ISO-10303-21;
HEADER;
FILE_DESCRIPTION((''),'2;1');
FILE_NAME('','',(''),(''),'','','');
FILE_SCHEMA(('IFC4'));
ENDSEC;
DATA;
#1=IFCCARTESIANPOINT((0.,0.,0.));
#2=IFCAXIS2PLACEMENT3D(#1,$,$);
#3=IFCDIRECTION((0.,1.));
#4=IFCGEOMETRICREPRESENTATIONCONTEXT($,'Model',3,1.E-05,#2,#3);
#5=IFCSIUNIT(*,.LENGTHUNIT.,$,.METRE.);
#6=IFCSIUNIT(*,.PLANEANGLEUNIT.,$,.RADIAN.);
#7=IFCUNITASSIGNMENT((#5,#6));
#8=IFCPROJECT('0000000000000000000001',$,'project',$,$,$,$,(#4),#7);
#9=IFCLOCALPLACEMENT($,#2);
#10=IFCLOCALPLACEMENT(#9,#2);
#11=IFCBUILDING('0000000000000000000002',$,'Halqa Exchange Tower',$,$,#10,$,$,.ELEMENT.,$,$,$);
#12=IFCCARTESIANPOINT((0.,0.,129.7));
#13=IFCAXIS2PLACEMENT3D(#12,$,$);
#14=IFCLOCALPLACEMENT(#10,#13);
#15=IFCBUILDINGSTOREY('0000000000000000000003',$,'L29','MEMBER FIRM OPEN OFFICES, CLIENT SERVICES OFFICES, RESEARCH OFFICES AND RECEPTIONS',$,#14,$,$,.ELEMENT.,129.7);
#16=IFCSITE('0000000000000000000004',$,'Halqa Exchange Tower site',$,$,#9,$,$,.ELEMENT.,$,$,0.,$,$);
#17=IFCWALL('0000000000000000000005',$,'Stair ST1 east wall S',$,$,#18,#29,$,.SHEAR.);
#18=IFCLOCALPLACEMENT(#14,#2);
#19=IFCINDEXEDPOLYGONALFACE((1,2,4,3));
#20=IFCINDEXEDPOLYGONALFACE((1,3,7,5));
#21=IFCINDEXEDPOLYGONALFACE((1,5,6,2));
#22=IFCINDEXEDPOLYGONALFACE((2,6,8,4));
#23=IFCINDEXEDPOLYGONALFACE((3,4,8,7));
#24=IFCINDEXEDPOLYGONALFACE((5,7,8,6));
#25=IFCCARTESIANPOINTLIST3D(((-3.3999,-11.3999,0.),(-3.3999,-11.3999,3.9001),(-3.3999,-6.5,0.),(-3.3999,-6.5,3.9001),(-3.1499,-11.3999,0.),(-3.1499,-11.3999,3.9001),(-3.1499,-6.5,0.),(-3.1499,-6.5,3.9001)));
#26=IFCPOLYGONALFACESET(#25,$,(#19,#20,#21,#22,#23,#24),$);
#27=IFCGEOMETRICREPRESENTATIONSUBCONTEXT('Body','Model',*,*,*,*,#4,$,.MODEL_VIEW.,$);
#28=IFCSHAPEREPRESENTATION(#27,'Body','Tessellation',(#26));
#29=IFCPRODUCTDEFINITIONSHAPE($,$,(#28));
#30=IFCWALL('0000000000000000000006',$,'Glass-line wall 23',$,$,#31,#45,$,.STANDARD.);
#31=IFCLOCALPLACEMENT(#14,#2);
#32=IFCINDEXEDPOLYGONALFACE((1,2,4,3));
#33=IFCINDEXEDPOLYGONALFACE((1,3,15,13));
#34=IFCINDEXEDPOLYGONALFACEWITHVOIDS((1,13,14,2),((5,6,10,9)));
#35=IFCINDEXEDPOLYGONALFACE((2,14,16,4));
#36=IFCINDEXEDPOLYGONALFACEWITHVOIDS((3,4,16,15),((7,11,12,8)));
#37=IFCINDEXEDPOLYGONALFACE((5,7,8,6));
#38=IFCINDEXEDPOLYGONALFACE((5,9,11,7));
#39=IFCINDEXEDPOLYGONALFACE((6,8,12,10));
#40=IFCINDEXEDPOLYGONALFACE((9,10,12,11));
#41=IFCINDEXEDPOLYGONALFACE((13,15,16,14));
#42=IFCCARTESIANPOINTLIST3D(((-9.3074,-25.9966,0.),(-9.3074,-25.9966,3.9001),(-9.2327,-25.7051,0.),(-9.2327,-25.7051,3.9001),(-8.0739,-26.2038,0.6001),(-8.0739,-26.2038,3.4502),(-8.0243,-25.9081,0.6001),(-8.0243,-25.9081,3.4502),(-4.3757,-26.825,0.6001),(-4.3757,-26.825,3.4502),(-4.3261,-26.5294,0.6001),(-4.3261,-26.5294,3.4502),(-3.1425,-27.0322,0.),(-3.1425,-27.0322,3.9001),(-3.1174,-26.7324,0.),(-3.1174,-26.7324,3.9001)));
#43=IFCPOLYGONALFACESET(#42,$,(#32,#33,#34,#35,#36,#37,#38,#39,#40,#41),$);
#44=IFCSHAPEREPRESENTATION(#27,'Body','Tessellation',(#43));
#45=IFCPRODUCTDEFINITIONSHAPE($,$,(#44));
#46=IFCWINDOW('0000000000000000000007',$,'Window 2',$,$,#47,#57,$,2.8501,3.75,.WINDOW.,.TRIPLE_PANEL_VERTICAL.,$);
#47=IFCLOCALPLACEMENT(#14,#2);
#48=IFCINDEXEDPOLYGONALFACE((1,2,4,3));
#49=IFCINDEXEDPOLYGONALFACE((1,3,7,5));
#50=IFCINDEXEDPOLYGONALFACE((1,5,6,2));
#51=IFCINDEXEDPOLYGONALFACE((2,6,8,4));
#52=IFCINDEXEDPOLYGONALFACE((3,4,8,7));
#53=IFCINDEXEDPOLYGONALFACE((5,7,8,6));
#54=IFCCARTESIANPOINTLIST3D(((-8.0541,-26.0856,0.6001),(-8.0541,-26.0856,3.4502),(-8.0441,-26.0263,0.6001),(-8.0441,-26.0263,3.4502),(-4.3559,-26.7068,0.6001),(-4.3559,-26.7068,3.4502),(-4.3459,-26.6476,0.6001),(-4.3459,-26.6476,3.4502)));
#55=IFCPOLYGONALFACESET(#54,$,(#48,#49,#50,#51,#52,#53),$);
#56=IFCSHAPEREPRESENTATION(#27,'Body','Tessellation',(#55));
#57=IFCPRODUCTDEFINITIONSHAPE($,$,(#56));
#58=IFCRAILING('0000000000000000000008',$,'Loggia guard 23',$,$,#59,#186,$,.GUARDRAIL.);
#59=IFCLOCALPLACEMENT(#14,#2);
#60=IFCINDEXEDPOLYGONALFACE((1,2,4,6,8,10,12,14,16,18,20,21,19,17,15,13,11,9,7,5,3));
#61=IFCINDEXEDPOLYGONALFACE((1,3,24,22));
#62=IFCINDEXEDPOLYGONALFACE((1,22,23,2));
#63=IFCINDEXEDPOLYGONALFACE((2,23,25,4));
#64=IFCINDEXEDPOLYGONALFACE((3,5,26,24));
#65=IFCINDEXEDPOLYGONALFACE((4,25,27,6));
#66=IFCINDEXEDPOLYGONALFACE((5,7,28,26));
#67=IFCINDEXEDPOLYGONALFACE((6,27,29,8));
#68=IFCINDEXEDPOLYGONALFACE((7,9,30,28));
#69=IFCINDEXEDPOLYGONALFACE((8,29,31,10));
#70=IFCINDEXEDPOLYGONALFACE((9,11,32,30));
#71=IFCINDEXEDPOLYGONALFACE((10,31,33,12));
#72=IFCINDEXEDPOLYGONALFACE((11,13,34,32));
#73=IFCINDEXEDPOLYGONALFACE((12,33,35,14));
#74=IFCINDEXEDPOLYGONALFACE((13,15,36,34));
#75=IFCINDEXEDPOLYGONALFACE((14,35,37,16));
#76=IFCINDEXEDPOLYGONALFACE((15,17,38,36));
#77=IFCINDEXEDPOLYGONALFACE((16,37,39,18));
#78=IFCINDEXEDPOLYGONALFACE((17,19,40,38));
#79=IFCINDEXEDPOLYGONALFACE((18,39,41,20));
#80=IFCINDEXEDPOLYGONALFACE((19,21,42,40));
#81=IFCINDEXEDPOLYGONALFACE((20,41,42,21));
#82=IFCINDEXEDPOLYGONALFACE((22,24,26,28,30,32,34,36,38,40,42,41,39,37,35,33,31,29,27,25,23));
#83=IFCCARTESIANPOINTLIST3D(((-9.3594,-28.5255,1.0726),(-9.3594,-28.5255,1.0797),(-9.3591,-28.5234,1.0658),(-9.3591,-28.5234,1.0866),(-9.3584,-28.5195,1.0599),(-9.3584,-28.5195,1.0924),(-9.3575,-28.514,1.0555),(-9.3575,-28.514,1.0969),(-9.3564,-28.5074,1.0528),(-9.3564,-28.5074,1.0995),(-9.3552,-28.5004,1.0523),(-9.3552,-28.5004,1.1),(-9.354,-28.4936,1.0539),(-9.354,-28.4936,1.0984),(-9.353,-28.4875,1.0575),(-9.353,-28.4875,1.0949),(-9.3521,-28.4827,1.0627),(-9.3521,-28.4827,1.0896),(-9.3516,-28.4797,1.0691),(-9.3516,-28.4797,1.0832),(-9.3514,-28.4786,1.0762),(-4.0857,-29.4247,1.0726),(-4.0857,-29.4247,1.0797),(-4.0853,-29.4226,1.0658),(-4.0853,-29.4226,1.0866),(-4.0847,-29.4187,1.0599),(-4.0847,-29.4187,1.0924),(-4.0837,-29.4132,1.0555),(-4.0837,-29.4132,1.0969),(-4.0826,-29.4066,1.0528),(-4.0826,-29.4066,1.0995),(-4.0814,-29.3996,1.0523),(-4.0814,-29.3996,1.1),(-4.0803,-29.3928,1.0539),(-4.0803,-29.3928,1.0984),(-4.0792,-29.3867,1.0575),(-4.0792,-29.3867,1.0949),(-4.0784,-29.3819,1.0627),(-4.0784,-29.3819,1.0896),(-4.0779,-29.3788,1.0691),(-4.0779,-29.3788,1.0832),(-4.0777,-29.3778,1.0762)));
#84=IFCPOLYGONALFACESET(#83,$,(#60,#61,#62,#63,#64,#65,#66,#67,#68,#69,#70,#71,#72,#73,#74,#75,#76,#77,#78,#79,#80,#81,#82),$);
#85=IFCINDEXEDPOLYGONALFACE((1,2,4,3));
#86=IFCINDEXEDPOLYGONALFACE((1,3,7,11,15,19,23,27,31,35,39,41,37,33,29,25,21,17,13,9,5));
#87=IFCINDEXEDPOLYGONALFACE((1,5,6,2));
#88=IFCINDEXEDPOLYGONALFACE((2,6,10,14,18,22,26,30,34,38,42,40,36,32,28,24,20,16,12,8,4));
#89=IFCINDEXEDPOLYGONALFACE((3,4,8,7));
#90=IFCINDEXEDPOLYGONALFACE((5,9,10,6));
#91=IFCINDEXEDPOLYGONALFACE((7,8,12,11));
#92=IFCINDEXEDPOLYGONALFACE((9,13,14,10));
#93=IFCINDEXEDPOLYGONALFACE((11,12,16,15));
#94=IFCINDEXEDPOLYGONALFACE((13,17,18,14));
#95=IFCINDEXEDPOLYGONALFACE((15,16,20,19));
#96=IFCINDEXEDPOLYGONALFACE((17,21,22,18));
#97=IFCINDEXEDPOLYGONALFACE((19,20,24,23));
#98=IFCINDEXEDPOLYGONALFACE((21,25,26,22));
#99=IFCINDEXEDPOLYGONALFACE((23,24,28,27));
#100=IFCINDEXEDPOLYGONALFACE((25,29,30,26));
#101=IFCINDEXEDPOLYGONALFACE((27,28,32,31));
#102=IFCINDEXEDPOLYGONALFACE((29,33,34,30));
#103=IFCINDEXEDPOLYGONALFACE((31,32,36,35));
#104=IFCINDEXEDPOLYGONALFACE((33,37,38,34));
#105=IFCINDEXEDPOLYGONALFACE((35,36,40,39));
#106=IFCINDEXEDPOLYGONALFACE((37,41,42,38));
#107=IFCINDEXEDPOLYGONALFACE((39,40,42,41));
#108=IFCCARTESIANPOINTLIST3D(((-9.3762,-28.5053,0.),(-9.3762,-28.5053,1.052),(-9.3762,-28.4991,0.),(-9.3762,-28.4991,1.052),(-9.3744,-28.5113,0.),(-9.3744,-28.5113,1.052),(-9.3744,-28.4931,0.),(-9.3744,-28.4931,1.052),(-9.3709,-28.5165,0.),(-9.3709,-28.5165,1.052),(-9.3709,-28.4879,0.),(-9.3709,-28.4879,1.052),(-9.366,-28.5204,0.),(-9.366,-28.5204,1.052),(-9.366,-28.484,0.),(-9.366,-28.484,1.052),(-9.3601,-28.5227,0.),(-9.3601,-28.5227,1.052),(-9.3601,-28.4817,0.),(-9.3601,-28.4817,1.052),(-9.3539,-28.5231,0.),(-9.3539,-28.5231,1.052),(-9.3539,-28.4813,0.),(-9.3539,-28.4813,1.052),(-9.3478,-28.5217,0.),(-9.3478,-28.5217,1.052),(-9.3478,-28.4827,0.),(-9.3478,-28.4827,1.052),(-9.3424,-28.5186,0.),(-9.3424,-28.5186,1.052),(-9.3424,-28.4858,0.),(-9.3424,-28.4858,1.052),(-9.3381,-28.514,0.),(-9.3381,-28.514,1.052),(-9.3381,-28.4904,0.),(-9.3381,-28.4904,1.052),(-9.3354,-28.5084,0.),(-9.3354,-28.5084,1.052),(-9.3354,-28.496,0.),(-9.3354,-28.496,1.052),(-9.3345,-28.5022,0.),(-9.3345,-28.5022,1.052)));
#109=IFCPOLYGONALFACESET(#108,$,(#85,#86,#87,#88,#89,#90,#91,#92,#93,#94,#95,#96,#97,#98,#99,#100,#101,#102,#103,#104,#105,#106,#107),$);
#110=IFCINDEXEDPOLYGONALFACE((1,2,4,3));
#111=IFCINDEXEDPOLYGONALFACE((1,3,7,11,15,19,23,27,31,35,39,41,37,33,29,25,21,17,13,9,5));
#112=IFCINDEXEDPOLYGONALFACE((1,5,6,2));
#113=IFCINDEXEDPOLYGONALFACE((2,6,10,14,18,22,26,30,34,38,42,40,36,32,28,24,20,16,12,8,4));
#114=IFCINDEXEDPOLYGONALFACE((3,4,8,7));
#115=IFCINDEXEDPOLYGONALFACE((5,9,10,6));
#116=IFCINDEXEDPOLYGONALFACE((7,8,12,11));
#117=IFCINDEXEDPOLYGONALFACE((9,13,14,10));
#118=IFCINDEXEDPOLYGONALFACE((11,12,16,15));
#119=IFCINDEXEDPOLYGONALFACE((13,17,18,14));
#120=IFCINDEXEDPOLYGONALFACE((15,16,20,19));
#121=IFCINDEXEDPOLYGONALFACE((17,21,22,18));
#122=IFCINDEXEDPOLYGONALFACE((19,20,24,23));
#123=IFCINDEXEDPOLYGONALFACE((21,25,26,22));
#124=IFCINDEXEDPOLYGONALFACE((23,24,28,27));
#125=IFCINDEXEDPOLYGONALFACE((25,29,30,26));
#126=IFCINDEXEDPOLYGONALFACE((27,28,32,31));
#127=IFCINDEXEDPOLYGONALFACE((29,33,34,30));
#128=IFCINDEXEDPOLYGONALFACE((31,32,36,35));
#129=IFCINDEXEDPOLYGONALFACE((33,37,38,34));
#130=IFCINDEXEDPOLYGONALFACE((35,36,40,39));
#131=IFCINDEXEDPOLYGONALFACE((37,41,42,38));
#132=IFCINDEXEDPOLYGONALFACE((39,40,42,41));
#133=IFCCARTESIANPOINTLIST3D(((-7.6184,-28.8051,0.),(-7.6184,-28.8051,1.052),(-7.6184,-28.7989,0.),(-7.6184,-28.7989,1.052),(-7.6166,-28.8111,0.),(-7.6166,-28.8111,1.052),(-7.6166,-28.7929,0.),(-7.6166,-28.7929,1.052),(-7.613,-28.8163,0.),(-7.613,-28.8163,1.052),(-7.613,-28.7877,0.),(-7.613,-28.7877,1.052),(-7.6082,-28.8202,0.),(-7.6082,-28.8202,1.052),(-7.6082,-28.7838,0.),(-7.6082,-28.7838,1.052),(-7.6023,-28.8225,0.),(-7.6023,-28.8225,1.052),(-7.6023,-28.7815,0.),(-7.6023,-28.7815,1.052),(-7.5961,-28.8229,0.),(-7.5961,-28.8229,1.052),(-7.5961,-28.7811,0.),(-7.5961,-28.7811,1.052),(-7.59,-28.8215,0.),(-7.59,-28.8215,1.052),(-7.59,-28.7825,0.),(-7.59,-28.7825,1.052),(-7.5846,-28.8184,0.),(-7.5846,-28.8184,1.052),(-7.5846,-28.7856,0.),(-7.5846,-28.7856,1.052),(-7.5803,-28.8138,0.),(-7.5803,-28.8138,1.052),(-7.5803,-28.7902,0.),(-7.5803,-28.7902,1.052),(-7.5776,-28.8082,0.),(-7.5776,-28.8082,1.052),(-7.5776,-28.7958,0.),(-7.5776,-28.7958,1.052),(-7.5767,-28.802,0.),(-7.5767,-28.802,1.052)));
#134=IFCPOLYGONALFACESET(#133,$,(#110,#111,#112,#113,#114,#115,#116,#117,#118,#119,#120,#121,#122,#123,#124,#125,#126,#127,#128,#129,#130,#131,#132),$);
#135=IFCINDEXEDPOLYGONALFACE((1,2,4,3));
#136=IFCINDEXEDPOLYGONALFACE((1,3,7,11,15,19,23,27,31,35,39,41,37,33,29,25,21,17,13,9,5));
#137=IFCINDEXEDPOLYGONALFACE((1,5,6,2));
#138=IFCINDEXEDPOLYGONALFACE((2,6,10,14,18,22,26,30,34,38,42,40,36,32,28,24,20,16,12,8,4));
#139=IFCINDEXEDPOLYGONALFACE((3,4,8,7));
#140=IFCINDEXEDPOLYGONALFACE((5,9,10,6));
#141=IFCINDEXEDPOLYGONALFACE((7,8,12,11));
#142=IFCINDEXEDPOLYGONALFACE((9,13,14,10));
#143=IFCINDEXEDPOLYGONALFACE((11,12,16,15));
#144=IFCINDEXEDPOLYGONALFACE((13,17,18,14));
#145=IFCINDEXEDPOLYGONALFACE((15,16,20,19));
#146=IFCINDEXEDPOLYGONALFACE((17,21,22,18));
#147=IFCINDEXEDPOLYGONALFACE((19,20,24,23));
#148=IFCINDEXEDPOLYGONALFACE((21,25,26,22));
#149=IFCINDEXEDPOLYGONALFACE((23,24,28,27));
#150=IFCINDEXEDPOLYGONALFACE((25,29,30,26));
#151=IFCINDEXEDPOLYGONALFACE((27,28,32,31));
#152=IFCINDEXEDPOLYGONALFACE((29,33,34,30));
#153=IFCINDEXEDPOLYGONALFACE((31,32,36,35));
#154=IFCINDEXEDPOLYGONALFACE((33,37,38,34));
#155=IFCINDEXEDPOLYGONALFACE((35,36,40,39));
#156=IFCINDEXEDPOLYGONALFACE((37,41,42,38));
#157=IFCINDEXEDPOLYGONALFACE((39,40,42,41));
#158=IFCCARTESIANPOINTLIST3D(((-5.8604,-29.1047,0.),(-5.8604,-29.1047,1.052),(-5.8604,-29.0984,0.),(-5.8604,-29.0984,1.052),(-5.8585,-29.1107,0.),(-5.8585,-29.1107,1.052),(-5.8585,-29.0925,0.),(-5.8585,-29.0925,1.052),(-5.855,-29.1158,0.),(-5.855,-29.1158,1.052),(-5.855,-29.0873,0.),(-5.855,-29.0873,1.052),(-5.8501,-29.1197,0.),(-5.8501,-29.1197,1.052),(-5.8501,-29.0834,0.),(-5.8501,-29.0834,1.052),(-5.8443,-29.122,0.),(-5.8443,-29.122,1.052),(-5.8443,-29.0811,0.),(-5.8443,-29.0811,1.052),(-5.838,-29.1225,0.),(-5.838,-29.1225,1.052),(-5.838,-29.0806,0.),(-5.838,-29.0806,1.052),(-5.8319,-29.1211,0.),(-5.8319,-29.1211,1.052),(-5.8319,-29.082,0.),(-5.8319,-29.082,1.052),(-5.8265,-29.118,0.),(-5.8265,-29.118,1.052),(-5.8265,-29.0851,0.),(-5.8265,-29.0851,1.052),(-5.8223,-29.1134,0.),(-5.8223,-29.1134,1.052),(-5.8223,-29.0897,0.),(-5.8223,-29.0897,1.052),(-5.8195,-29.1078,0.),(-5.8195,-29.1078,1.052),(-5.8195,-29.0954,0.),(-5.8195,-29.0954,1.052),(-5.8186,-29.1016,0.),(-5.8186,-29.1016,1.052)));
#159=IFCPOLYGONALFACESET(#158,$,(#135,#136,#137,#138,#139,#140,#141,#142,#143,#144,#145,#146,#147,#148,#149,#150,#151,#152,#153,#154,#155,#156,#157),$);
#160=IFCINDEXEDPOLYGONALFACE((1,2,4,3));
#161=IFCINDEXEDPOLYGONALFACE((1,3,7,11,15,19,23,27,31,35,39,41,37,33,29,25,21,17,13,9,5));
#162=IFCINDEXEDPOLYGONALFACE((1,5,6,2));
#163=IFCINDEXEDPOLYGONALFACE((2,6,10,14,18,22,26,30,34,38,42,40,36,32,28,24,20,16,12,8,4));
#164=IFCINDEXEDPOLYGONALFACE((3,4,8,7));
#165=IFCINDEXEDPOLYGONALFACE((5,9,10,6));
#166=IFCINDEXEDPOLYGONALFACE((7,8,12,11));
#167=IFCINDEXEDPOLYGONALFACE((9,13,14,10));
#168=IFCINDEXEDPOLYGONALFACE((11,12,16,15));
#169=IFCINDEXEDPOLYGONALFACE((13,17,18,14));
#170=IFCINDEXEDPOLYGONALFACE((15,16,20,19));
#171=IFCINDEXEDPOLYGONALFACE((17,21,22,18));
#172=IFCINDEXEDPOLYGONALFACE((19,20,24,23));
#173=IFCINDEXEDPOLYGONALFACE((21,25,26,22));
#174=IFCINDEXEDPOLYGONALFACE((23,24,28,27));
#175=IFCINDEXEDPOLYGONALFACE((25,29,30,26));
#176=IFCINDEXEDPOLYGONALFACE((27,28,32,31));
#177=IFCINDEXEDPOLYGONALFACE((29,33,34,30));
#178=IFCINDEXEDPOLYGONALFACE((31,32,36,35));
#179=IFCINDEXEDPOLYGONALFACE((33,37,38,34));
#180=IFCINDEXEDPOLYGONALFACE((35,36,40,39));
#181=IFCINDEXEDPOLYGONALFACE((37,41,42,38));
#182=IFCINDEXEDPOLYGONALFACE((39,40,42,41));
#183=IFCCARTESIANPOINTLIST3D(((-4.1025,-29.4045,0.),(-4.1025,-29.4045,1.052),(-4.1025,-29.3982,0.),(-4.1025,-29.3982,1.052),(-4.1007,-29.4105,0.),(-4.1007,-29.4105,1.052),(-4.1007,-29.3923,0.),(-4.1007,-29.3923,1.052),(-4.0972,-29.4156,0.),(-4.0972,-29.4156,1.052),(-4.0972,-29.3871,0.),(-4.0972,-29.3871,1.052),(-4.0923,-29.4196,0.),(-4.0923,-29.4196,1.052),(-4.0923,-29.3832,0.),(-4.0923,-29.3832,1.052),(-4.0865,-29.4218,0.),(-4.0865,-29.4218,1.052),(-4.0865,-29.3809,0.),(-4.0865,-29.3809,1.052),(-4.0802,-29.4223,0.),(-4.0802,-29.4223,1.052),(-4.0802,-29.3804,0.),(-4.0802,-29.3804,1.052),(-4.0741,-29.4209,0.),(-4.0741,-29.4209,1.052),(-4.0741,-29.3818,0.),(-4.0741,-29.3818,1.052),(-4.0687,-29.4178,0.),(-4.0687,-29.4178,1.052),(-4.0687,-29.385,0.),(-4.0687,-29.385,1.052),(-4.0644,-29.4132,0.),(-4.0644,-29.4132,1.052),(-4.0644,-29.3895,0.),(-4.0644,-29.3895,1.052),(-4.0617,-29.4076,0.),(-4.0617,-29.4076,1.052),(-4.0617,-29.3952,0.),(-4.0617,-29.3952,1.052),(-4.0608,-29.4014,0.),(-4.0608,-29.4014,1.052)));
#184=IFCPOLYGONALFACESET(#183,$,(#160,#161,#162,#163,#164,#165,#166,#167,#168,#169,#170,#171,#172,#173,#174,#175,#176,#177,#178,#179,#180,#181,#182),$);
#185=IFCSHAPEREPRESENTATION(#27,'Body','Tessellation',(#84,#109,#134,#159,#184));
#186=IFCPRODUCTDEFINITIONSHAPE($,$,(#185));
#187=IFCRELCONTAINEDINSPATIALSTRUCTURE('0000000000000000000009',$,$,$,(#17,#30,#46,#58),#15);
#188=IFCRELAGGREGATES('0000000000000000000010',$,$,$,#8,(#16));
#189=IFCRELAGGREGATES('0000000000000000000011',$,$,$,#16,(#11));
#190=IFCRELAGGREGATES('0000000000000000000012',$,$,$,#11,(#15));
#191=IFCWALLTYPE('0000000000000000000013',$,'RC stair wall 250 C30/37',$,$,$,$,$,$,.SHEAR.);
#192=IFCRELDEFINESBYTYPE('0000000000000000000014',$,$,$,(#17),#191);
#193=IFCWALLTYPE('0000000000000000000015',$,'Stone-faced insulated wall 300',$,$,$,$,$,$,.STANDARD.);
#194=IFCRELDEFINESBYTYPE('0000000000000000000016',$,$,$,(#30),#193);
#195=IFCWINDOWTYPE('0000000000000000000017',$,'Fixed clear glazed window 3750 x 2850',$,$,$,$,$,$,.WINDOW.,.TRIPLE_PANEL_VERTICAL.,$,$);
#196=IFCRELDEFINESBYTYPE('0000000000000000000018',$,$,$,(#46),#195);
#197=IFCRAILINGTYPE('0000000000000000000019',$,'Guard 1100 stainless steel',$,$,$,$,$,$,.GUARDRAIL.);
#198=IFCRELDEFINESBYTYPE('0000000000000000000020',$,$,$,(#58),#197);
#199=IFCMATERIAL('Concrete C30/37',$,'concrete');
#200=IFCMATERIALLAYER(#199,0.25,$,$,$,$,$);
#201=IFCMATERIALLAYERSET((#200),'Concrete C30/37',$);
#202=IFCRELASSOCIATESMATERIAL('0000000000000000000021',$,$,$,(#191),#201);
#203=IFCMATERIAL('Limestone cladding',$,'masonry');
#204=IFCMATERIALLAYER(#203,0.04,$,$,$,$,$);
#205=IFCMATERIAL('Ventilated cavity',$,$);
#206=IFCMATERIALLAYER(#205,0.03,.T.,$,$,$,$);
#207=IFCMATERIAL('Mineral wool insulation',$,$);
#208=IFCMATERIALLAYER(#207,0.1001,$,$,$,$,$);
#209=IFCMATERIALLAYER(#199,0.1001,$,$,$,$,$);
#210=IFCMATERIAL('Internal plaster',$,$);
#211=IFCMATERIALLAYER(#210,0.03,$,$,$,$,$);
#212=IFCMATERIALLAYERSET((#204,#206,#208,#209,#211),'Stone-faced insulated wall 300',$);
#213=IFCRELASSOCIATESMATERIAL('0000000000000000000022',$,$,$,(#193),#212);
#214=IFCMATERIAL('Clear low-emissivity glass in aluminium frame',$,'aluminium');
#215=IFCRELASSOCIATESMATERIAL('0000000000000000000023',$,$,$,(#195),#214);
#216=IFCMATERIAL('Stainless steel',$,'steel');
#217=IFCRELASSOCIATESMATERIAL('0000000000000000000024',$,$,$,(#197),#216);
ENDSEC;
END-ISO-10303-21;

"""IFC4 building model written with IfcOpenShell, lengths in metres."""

from ifc_helpers import new_model, si_unit, direction, frame, frame_2d, origin, origin_2d, place, context, subcontext, project, spatial, polyline, rectangle, circle, outline, extrude, material, layer, layer_set, type_object, element, fill, save


model = new_model("IFC4")

# Units and contexts
model_context = context("Model", 3, precision=1e-05, world=origin(), true_north=direction((0.0, 1.0)))
body_context = subcontext(model_context, "Body", "Model", "MODEL_VIEW")
ifc_project = project(units=[si_unit("LENGTHUNIT", "METRE"), si_unit("PLANEANGLEUNIT", "RADIAN")], contexts=[model_context])

# Site, building, storey
site_placement = place(None, origin())
site = spatial("IfcSite", under=ifc_project, at=site_placement, Name="Halqa Exchange Tower site", CompositionType="ELEMENT", RefElevation=0.0)
building_placement = place(site_placement, origin())
building = spatial("IfcBuilding", under=site, at=building_placement, Name="Halqa Exchange Tower", CompositionType="ELEMENT")
storey_placement = place(building_placement, frame((0.0, 0.0, 129.7)))
storey = spatial("IfcBuildingStorey", under=building, at=storey_placement, Name="L29", Description="MEMBER FIRM OPEN OFFICES, CLIENT SERVICES OFFICES, RESEARCH OFFICES AND RECEPTIONS", CompositionType="ELEMENT", Elevation=129.7)

# Wall
ifc_material_1 = material(Name="Concrete C30/37", Category="concrete")
ifc_layer_1 = layer(ifc_material_1, 0.25)
ifc_layer_set_1 = layer_set([ifc_layer_1], Name="Concrete C30/37")
wall_type_1 = type_object("IfcWallType", Name="RC stair wall 250 C30/37", PredefinedType="SHEAR", material=ifc_layer_set_1)
wall_1_placement = place(storey_placement, frame((-3.2749, -11.3999, 0.0), z_axis=(0.0, 0.0, 1.0), x_axis=(0.0, 1.0, 0.0)))
element("IfcWall", 1, at=wall_1_placement, inside=storey, type_object=wall_type_1, Name="Stair ST1 east wall S", PredefinedType="SHEAR", context=body_context, shape_type="SweptSolid", body=[
    extrude(rectangle(XDim=4.8999, YDim=0.25, at=frame_2d((2.45, 0.0))), origin(), (0.0, 0.0, 1.0), 3.9001),
])

# Wall, opening, window
ifc_material_2 = material(Name="Limestone cladding", Category="masonry")
ifc_layer_2 = layer(ifc_material_2, 0.04)
ifc_material_3 = material(Name="Ventilated cavity")
ifc_layer_3 = layer(ifc_material_3, 0.03, ventilated=True)
ifc_material_4 = material(Name="Mineral wool insulation")
ifc_layer_4 = layer(ifc_material_4, 0.1001)
ifc_layer_5 = layer(ifc_material_1, 0.1001)
ifc_material_5 = material(Name="Internal plaster")
ifc_layer_6 = layer(ifc_material_5, 0.03)
ifc_layer_set_2 = layer_set([ifc_layer_2, ifc_layer_3, ifc_layer_4, ifc_layer_5, ifc_layer_6], Name="Stone-faced insulated wall 300")
wall_type_2 = type_object("IfcWallType", Name="Stone-faced insulated wall 300", PredefinedType="STANDARD", material=ifc_layer_set_2)
wall_2_placement = place(storey_placement, frame((-9.27, -25.8508, 0.0), z_axis=(0.0, 0.0, 1.0), x_axis=(0.986181, -0.165671, 0.0)))
wall_2 = element("IfcWall", 2, at=wall_2_placement, inside=storey, type_object=wall_type_2, Name="Glass-line wall 23", PredefinedType="STANDARD", context=body_context, shape_type="SweptSolid", body=[
    extrude(outline(polyline([(-0.0127, -0.1499), (6.2385, -0.1499), (6.2136, 0.1499), (0.0127, 0.1499), (-0.0127, -0.1499)])), origin(), (0.0, 0.0, 1.0), 3.9001),
])
opening_1_placement = place(wall_2_placement, frame((1.238, 0.0, 0.6001)))
opening_1 = element("IfcOpeningElement", 3, at=opening_1_placement, cuts=wall_2, PredefinedType="OPENING", context=body_context, shape_type="SweptSolid", body=[
    extrude(rectangle(XDim=3.75, YDim=2.8501, at=frame_2d((1.875, 1.425))), frame((0.0, 0.1621, 0.0), z_axis=(0.0, -1.0, 0.0), x_axis=(1.0, 0.0, 0.0)), (0.0, 0.0, 1.0), 0.324),
])
ifc_material_6 = material(Name="Clear low-emissivity glass in aluminium frame", Category="aluminium")
window_type = type_object("IfcWindowType", Name="Fixed clear glazed window 3750 x 2850", PartitioningType="TRIPLE_PANEL_VERTICAL", PredefinedType="WINDOW", material=ifc_material_6)
window_placement = place(opening_1_placement, origin())
window = element("IfcWindow", 4, at=window_placement, inside=storey, type_object=window_type, Name="Window 2", OverallHeight=2.8501, OverallWidth=3.75, PartitioningType="TRIPLE_PANEL_VERTICAL", PredefinedType="WINDOW", context=body_context, shape_type="SweptSolid", body=[
    extrude(rectangle(XDim=3.75, YDim=2.8501, at=frame_2d((1.875, 1.425))), frame((0.0, 0.03, 0.0), z_axis=(0.0, -1.0, 0.0), x_axis=(1.0, 0.0, 0.0)), (0.0, 0.0, 1.0), 0.0601),
])
fill(opening_1, window)

# Railing
ifc_material_7 = material(Name="Stainless steel", Category="steel")
railing_type = type_object("IfcRailingType", Name="Guard 1100 stainless steel", PredefinedType="GUARDRAIL", material=ifc_material_7)
railing_1_placement = place(storey_placement, frame((-9.3555, -28.5022, 0.0)))
element("IfcRailing", 5, at=railing_1_placement, inside=storey, type_object=railing_type, Name="Loggia guard 23", PredefinedType="GUARDRAIL", context=body_context, shape_type="SweptSolid", body=[
    extrude(circle(Radius=0.0239, at=origin_2d()), frame((0.0, 0.0, 1.0762), z_axis=(0.985774, -0.168076, 0.0), x_axis=(0.168076, 0.985774, 0.0)), (0.0, 0.0, 1.0), 5.3499),
    extrude(circle(Radius=0.021, at=origin_2d()), origin(), (0.0, 0.0, 1.0), 1.052),
    extrude(circle(Radius=0.021, at=origin_2d()), frame((1.7578, -0.2998, 0.0)), (0.0, 0.0, 1.0), 1.052),
    extrude(circle(Radius=0.021, at=origin_2d()), frame((3.5159, -0.5994, 0.0)), (0.0, 0.0, 1.0), 1.052),
    extrude(circle(Radius=0.021, at=origin_2d()), frame((5.2737, -0.8992, 0.0)), (0.0, 0.0, 1.0), 1.052),
])

save(model, "model.ifc")
